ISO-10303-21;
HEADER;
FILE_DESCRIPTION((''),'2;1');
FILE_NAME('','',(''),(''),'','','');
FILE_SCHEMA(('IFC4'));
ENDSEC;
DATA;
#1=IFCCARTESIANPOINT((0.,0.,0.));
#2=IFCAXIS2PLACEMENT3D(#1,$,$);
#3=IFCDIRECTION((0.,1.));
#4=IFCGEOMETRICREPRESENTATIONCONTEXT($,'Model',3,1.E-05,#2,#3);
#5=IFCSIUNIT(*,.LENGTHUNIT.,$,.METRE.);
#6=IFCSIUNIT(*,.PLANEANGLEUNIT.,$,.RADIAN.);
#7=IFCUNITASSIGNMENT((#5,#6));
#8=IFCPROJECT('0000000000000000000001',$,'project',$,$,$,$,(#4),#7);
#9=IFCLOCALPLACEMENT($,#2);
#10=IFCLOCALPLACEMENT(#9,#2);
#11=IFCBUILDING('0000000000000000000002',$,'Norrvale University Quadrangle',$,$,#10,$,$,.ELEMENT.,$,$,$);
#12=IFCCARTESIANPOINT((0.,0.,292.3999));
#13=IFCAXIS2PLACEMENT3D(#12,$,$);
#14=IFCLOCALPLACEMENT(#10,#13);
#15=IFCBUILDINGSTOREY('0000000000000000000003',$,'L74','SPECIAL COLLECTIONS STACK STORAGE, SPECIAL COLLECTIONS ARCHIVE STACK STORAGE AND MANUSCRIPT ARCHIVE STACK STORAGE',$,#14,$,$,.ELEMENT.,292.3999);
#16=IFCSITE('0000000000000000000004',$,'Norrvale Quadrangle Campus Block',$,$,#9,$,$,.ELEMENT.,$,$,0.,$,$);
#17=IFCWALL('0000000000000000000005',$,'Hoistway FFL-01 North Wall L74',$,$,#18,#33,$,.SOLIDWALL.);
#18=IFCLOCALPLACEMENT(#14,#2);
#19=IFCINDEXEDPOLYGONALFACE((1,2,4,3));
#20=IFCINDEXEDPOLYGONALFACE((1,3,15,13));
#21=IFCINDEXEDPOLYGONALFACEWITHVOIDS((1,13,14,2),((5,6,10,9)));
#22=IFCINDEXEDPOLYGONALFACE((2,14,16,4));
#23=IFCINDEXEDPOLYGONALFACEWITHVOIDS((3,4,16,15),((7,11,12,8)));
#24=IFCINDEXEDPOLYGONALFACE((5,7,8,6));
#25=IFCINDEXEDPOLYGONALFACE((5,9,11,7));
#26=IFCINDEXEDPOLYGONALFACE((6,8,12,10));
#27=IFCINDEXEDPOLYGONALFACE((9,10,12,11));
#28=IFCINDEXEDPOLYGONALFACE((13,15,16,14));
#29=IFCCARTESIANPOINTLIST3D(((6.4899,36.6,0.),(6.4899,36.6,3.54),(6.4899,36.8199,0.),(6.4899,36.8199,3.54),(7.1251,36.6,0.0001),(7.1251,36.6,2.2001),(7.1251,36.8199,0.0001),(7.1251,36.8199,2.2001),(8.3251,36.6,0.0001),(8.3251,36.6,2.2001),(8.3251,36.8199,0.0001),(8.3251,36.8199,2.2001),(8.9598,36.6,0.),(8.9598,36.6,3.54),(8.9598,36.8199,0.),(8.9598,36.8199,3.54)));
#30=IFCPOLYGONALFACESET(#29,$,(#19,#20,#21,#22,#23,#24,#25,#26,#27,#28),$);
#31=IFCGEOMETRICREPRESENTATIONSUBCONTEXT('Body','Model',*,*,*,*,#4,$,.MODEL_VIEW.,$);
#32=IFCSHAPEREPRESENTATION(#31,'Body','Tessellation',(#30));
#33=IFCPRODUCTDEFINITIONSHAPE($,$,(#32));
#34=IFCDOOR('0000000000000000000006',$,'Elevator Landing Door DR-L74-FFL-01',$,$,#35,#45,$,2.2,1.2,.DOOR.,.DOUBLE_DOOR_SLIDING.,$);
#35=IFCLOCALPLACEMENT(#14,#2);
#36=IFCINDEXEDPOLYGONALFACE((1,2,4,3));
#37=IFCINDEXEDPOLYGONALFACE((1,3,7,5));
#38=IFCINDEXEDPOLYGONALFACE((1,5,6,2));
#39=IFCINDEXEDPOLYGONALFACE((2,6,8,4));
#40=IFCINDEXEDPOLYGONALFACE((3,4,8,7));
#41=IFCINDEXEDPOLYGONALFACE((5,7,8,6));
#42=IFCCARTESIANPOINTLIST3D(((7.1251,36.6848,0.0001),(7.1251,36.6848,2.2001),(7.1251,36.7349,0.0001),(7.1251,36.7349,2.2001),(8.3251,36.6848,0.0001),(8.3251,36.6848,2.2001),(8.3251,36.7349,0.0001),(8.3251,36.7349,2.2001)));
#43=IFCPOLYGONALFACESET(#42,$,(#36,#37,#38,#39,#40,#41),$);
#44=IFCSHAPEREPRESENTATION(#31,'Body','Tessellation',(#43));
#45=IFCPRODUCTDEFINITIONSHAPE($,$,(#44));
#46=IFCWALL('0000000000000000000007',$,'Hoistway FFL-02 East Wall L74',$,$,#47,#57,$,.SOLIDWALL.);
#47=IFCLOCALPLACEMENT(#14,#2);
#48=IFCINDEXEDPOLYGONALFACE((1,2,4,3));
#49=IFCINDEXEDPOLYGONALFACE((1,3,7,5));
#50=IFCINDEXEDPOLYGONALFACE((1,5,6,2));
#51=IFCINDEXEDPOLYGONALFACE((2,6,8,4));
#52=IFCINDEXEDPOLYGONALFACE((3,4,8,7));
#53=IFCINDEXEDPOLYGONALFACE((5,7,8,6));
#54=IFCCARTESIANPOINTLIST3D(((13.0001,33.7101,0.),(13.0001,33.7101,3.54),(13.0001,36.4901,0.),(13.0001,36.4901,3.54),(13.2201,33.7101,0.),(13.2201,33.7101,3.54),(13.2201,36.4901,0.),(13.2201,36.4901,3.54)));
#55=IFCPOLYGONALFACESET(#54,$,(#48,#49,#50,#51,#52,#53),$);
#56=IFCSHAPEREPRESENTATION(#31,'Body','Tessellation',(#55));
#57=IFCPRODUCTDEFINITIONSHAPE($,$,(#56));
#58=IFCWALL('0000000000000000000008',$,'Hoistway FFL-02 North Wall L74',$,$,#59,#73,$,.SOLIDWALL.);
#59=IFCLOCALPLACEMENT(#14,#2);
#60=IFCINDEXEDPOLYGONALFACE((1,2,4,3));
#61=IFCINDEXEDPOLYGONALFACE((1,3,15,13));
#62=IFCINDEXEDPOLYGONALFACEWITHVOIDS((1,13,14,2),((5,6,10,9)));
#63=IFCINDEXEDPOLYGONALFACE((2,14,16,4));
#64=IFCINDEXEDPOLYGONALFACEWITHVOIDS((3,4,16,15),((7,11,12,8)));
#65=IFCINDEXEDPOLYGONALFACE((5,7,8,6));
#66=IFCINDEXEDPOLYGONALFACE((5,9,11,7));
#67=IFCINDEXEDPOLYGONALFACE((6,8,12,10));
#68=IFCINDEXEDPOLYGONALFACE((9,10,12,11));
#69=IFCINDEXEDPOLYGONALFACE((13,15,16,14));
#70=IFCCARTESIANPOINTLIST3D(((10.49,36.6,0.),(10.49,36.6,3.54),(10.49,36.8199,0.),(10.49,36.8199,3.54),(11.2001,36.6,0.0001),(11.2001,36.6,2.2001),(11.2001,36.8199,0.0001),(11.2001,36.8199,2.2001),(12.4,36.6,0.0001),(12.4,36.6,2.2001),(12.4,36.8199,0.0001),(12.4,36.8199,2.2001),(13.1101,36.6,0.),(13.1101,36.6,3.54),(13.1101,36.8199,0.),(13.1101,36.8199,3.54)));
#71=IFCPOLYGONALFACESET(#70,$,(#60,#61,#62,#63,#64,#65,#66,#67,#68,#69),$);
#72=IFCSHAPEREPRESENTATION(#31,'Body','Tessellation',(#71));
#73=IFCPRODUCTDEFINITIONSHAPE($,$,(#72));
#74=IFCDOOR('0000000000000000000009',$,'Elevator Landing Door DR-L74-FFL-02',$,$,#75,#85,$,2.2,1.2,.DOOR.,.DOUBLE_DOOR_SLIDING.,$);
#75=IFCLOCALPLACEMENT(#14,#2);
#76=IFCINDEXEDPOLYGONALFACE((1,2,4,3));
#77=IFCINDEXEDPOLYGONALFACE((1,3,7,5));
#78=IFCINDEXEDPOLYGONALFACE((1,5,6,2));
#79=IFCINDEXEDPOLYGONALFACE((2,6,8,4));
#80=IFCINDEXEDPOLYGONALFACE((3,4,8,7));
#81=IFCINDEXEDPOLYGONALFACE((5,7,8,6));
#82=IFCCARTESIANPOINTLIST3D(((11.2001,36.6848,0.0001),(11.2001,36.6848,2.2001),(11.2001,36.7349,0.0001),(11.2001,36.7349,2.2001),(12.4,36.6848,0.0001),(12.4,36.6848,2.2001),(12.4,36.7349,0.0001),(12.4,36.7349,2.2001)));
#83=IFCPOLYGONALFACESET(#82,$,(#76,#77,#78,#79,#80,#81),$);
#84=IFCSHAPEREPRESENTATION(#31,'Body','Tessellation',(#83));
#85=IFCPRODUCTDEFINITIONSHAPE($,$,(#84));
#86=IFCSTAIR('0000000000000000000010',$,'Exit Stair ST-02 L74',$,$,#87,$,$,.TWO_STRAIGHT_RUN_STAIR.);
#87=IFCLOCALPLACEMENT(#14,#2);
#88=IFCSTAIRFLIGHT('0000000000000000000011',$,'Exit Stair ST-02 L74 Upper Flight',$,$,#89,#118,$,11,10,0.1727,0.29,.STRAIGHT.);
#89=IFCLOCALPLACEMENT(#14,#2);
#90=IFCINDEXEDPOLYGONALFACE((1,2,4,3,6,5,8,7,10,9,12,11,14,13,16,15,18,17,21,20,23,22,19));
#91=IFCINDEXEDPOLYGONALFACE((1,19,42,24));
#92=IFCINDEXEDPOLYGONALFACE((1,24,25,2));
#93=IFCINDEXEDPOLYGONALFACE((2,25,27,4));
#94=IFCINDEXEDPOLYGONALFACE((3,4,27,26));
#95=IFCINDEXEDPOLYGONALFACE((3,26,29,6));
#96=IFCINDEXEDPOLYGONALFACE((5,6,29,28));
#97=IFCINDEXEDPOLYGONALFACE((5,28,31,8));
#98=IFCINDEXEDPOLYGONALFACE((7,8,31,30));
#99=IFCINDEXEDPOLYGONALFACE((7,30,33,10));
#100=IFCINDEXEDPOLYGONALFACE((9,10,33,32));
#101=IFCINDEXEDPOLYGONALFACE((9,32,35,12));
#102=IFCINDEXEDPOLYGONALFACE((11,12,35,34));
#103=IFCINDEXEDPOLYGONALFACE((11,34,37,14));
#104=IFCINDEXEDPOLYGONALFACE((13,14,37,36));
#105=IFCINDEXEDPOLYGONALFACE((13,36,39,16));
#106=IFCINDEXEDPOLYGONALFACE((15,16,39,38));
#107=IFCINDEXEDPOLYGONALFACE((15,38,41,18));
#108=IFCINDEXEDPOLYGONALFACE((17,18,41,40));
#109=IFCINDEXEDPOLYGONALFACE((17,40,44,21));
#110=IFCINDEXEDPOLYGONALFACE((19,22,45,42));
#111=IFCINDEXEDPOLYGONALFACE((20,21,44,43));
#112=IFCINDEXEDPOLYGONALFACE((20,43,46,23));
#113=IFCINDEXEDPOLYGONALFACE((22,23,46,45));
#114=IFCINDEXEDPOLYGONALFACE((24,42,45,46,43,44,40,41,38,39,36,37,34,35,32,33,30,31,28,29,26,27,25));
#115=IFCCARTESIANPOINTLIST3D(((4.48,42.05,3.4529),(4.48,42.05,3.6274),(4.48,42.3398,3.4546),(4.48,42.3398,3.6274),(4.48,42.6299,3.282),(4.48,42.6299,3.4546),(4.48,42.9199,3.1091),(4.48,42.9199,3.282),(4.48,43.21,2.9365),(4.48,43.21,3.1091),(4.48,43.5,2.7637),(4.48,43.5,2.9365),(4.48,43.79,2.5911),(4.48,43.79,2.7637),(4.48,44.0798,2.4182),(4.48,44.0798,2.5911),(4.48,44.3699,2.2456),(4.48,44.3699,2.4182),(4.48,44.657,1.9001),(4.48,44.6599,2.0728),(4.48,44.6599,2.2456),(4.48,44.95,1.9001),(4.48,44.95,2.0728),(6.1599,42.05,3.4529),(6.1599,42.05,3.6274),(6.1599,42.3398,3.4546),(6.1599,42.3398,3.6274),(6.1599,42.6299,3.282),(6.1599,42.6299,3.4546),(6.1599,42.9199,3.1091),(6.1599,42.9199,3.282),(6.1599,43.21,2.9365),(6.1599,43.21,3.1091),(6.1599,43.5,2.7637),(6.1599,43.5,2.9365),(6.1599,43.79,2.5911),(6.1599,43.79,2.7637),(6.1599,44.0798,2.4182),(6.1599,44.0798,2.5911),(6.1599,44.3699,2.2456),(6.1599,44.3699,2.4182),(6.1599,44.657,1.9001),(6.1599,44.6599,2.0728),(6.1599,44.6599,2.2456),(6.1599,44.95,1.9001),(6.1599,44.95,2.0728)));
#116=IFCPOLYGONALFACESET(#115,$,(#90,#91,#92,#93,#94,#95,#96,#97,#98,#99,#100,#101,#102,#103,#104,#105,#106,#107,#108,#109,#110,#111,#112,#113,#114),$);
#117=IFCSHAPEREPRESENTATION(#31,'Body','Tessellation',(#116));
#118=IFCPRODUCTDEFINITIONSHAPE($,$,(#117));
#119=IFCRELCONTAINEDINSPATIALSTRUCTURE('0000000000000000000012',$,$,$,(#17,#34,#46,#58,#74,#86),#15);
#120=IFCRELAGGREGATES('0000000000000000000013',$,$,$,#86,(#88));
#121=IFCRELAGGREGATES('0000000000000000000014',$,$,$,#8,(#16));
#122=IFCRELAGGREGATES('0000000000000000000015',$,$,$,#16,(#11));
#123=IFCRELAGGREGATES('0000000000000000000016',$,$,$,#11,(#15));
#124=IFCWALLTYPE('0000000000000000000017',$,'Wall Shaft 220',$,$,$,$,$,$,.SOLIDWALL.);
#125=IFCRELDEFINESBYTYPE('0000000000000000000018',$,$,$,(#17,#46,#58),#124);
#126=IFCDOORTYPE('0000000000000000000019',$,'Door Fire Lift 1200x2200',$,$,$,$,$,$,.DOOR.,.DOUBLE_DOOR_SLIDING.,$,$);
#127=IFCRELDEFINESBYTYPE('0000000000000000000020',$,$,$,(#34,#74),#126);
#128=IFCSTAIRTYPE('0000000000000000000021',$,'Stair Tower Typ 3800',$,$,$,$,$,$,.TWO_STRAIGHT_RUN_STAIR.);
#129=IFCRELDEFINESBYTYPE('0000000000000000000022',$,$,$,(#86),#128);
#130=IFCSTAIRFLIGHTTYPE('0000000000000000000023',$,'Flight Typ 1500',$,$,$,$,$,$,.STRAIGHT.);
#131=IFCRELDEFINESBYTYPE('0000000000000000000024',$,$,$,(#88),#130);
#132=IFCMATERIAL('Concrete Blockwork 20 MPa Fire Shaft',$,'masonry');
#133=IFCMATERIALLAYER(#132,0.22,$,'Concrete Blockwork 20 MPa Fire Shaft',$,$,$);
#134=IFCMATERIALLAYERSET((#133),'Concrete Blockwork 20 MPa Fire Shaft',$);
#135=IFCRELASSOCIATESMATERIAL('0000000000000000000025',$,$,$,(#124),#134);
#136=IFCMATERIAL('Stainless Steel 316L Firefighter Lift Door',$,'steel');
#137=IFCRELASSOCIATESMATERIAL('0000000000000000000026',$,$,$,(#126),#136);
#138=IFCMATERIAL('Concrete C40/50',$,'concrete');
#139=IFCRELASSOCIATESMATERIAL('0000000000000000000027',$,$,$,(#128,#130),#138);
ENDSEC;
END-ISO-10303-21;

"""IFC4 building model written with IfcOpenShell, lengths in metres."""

from ifc_helpers import new_model, si_unit, direction, frame, frame_2d, origin, place, context, subcontext, project, spatial, polyline, rectangle, outline, extrude, material, layer, layer_set, type_object, element, fill, aggregate, save


model = new_model("IFC4")

# Units and contexts
model_context = context("Model", 3, precision=1e-05, world=origin(), true_north=direction((0.0, 1.0)))
body_context = subcontext(model_context, "Body", "Model", "MODEL_VIEW")
ifc_project = project(units=[si_unit("LENGTHUNIT", "METRE"), si_unit("PLANEANGLEUNIT", "RADIAN")], contexts=[model_context])

# Site, building, storey
site_placement = place(None, origin())
site = spatial("IfcSite", under=ifc_project, at=site_placement, Name="Norrvale Quadrangle Campus Block", CompositionType="ELEMENT", RefElevation=0.0)
building_placement = place(site_placement, origin())
building = spatial("IfcBuilding", under=site, at=building_placement, Name="Norrvale University Quadrangle", CompositionType="ELEMENT")
storey_placement = place(building_placement, frame((0.0, 0.0, 292.3999)))
storey = spatial("IfcBuildingStorey", under=building, at=storey_placement, Name="L74", Description="SPECIAL COLLECTIONS STACK STORAGE, SPECIAL COLLECTIONS ARCHIVE STACK STORAGE AND MANUSCRIPT ARCHIVE STACK STORAGE", CompositionType="ELEMENT", Elevation=292.3999)

# Shared definitions
ifc_material_1 = material(Name="Concrete Blockwork 20 MPa Fire Shaft", Category="masonry")
ifc_layer_1 = layer(ifc_material_1, 0.22, Name="Concrete Blockwork 20 MPa Fire Shaft")
ifc_layer_set_1 = layer_set([ifc_layer_1], Name="Concrete Blockwork 20 MPa Fire Shaft")
wall_type_1 = type_object("IfcWallType", Name="Wall Shaft 220", PredefinedType="SOLIDWALL", material=ifc_layer_set_1)

# Wall, opening, door
wall_1_placement = place(storey_placement, frame((6.49, 36.71, 0.0), z_axis=(0.0, 0.0, 1.0), x_axis=(1.0, 0.0, 0.0)))
wall_1 = element("IfcWall", 1, at=wall_1_placement, inside=storey, type_object=wall_type_1, Name="Hoistway FFL-01 North Wall L74", PredefinedType="SOLIDWALL", context=body_context, shape_type="SweptSolid", body=[
    extrude(rectangle(XDim=2.47, YDim=0.22, at=frame_2d((1.2349, 0.0))), origin(), (0.0, 0.0, 1.0), 3.54),
])
opening_1_placement = place(wall_1_placement, frame((0.635, 0.0, 0.0)))
opening_1 = element("IfcOpeningElement", 2, at=opening_1_placement, cuts=wall_1, PredefinedType="OPENING", context=body_context, shape_type="SweptSolid", body=[
    extrude(rectangle(XDim=1.2, YDim=2.2, at=frame_2d((0.6001, 1.1001))), frame((0.0, 0.1221, 0.0), z_axis=(0.0, -1.0, 0.0), x_axis=(1.0, 0.0, 0.0)), (0.0, 0.0, 1.0), 0.2439),
])
ifc_material_2 = material(Name="Stainless Steel 316L Firefighter Lift Door", Category="steel")
door_type_1 = type_object("IfcDoorType", Name="Door Fire Lift 1200x2200", OperationType="DOUBLE_DOOR_SLIDING", PredefinedType="DOOR", material=ifc_material_2)
door_1_placement = place(opening_1_placement, origin())
door_1 = element("IfcDoor", 3, at=door_1_placement, inside=storey, type_object=door_type_1, Name="Elevator Landing Door DR-L74-FFL-01", OperationType="DOUBLE_DOOR_SLIDING", OverallHeight=2.2, OverallWidth=1.2, PredefinedType="DOOR", context=body_context, shape_type="SweptSolid", body=[
    extrude(rectangle(XDim=1.2, YDim=2.2, at=frame_2d((0.6001, 1.1001))), frame((0.0, 0.0249, 0.0), z_axis=(0.0, -1.0, 0.0), x_axis=(1.0, 0.0, 0.0)), (0.0, 0.0, 1.0), 0.05),
])
fill(opening_1, door_1)

# Wall
wall_2_placement = place(storey_placement, frame((13.1101, 33.71, 0.0), z_axis=(0.0, 0.0, 1.0), x_axis=(0.0, 1.0, 0.0)))
element("IfcWall", 4, at=wall_2_placement, inside=storey, type_object=wall_type_1, Name="Hoistway FFL-02 East Wall L74", PredefinedType="SOLIDWALL", context=body_context, shape_type="SweptSolid", body=[
    extrude(rectangle(XDim=2.78, YDim=0.22, at=frame_2d((1.3901, 0.0))), origin(), (0.0, 0.0, 1.0), 3.54),
])

# Wall, opening, door
wall_3_placement = place(storey_placement, frame((10.49, 36.71, 0.0), z_axis=(0.0, 0.0, 1.0), x_axis=(1.0, 0.0, 0.0)))
wall_3 = element("IfcWall", 5, at=wall_3_placement, inside=storey, type_object=wall_type_1, Name="Hoistway FFL-02 North Wall L74", PredefinedType="SOLIDWALL", context=body_context, shape_type="SweptSolid", body=[
    extrude(rectangle(XDim=2.6201, YDim=0.22, at=frame_2d((1.3101, 0.0))), origin(), (0.0, 0.0, 1.0), 3.54),
])
opening_2_placement = place(wall_3_placement, frame((0.71, 0.0, 0.0)))
opening_2 = element("IfcOpeningElement", 6, at=opening_2_placement, cuts=wall_3, PredefinedType="OPENING", context=body_context, shape_type="SweptSolid", body=[
    extrude(rectangle(XDim=1.2, YDim=2.2, at=frame_2d((0.6001, 1.1001))), frame((0.0, 0.1221, 0.0), z_axis=(0.0, -1.0, 0.0), x_axis=(1.0, 0.0, 0.0)), (0.0, 0.0, 1.0), 0.2439),
])
door_2_placement = place(opening_2_placement, origin())
door_2 = element("IfcDoor", 7, at=door_2_placement, inside=storey, type_object=door_type_1, Name="Elevator Landing Door DR-L74-FFL-02", OperationType="DOUBLE_DOOR_SLIDING", OverallHeight=2.2, OverallWidth=1.2, PredefinedType="DOOR", context=body_context, shape_type="SweptSolid", body=[
    extrude(rectangle(XDim=1.2, YDim=2.2, at=frame_2d((0.6001, 1.1001))), frame((0.0, 0.0249, 0.0), z_axis=(0.0, -1.0, 0.0), x_axis=(1.0, 0.0, 0.0)), (0.0, 0.0, 1.0), 0.05),
])
fill(opening_2, door_2)

# Stair, stair flight
ifc_material_3 = material(Name="Concrete C40/50", Category="concrete")
stair_type = type_object("IfcStairType", Name="Stair Tower Typ 3800", PredefinedType="TWO_STRAIGHT_RUN_STAIR", material=ifc_material_3)
stair_placement = place(storey_placement, origin())
stair = element("IfcStair", 8, at=stair_placement, inside=storey, type_object=stair_type, Name="Exit Stair ST-02 L74", PredefinedType="TWO_STRAIGHT_RUN_STAIR")
stair_flight_type = type_object("IfcStairFlightType", Name="Flight Typ 1500", PredefinedType="STRAIGHT", material=ifc_material_3)
stair_flight_placement = place(storey_placement, frame((5.3201, 44.95, 1.9001), z_axis=(0.0, 0.0, 1.0), x_axis=(0.0, -1.0, 0.0)))
stair_flight = element("IfcStairFlight", 9, at=stair_flight_placement, type_object=stair_flight_type, Name="Exit Stair ST-02 L74 Upper Flight", NumberOfRisers=11, NumberOfTreads=10, PredefinedType="STRAIGHT", RiserHeight=0.1727, TreadLength=0.29, context=body_context, shape_type="SweptSolid", body=[
    extrude(outline(polyline([(0.0, 0.0), (0.0, 0.1726), (0.29, 0.1726), (0.29, 0.3455), (0.5801, 0.3455), (0.5801, 0.5181), (0.8701, 0.5181), (0.8701, 0.6909), (1.1599, 0.6909), (1.1599, 0.8635), (1.45, 0.8635), (1.45, 1.0364), (1.74, 1.0364), (1.74, 1.209), (2.03, 1.209), (2.03, 1.3818), (2.3201, 1.3818), (2.3201, 1.5544), (2.6101, 1.5544), (2.6101, 1.7273), (2.8999, 1.7273), (2.8999, 1.8999), (2.8999, 1.5527), (0.293, 0.0), (0.0, 0.0)])), frame((0.0, 0.8398, 0.0), z_axis=(0.0, -1.0, 0.0), x_axis=(1.0, 0.0, 0.0)), (0.0, 0.0, 1.0), 1.6799),
])
aggregate(stair, [stair_flight])

save(model, "model.ifc")
